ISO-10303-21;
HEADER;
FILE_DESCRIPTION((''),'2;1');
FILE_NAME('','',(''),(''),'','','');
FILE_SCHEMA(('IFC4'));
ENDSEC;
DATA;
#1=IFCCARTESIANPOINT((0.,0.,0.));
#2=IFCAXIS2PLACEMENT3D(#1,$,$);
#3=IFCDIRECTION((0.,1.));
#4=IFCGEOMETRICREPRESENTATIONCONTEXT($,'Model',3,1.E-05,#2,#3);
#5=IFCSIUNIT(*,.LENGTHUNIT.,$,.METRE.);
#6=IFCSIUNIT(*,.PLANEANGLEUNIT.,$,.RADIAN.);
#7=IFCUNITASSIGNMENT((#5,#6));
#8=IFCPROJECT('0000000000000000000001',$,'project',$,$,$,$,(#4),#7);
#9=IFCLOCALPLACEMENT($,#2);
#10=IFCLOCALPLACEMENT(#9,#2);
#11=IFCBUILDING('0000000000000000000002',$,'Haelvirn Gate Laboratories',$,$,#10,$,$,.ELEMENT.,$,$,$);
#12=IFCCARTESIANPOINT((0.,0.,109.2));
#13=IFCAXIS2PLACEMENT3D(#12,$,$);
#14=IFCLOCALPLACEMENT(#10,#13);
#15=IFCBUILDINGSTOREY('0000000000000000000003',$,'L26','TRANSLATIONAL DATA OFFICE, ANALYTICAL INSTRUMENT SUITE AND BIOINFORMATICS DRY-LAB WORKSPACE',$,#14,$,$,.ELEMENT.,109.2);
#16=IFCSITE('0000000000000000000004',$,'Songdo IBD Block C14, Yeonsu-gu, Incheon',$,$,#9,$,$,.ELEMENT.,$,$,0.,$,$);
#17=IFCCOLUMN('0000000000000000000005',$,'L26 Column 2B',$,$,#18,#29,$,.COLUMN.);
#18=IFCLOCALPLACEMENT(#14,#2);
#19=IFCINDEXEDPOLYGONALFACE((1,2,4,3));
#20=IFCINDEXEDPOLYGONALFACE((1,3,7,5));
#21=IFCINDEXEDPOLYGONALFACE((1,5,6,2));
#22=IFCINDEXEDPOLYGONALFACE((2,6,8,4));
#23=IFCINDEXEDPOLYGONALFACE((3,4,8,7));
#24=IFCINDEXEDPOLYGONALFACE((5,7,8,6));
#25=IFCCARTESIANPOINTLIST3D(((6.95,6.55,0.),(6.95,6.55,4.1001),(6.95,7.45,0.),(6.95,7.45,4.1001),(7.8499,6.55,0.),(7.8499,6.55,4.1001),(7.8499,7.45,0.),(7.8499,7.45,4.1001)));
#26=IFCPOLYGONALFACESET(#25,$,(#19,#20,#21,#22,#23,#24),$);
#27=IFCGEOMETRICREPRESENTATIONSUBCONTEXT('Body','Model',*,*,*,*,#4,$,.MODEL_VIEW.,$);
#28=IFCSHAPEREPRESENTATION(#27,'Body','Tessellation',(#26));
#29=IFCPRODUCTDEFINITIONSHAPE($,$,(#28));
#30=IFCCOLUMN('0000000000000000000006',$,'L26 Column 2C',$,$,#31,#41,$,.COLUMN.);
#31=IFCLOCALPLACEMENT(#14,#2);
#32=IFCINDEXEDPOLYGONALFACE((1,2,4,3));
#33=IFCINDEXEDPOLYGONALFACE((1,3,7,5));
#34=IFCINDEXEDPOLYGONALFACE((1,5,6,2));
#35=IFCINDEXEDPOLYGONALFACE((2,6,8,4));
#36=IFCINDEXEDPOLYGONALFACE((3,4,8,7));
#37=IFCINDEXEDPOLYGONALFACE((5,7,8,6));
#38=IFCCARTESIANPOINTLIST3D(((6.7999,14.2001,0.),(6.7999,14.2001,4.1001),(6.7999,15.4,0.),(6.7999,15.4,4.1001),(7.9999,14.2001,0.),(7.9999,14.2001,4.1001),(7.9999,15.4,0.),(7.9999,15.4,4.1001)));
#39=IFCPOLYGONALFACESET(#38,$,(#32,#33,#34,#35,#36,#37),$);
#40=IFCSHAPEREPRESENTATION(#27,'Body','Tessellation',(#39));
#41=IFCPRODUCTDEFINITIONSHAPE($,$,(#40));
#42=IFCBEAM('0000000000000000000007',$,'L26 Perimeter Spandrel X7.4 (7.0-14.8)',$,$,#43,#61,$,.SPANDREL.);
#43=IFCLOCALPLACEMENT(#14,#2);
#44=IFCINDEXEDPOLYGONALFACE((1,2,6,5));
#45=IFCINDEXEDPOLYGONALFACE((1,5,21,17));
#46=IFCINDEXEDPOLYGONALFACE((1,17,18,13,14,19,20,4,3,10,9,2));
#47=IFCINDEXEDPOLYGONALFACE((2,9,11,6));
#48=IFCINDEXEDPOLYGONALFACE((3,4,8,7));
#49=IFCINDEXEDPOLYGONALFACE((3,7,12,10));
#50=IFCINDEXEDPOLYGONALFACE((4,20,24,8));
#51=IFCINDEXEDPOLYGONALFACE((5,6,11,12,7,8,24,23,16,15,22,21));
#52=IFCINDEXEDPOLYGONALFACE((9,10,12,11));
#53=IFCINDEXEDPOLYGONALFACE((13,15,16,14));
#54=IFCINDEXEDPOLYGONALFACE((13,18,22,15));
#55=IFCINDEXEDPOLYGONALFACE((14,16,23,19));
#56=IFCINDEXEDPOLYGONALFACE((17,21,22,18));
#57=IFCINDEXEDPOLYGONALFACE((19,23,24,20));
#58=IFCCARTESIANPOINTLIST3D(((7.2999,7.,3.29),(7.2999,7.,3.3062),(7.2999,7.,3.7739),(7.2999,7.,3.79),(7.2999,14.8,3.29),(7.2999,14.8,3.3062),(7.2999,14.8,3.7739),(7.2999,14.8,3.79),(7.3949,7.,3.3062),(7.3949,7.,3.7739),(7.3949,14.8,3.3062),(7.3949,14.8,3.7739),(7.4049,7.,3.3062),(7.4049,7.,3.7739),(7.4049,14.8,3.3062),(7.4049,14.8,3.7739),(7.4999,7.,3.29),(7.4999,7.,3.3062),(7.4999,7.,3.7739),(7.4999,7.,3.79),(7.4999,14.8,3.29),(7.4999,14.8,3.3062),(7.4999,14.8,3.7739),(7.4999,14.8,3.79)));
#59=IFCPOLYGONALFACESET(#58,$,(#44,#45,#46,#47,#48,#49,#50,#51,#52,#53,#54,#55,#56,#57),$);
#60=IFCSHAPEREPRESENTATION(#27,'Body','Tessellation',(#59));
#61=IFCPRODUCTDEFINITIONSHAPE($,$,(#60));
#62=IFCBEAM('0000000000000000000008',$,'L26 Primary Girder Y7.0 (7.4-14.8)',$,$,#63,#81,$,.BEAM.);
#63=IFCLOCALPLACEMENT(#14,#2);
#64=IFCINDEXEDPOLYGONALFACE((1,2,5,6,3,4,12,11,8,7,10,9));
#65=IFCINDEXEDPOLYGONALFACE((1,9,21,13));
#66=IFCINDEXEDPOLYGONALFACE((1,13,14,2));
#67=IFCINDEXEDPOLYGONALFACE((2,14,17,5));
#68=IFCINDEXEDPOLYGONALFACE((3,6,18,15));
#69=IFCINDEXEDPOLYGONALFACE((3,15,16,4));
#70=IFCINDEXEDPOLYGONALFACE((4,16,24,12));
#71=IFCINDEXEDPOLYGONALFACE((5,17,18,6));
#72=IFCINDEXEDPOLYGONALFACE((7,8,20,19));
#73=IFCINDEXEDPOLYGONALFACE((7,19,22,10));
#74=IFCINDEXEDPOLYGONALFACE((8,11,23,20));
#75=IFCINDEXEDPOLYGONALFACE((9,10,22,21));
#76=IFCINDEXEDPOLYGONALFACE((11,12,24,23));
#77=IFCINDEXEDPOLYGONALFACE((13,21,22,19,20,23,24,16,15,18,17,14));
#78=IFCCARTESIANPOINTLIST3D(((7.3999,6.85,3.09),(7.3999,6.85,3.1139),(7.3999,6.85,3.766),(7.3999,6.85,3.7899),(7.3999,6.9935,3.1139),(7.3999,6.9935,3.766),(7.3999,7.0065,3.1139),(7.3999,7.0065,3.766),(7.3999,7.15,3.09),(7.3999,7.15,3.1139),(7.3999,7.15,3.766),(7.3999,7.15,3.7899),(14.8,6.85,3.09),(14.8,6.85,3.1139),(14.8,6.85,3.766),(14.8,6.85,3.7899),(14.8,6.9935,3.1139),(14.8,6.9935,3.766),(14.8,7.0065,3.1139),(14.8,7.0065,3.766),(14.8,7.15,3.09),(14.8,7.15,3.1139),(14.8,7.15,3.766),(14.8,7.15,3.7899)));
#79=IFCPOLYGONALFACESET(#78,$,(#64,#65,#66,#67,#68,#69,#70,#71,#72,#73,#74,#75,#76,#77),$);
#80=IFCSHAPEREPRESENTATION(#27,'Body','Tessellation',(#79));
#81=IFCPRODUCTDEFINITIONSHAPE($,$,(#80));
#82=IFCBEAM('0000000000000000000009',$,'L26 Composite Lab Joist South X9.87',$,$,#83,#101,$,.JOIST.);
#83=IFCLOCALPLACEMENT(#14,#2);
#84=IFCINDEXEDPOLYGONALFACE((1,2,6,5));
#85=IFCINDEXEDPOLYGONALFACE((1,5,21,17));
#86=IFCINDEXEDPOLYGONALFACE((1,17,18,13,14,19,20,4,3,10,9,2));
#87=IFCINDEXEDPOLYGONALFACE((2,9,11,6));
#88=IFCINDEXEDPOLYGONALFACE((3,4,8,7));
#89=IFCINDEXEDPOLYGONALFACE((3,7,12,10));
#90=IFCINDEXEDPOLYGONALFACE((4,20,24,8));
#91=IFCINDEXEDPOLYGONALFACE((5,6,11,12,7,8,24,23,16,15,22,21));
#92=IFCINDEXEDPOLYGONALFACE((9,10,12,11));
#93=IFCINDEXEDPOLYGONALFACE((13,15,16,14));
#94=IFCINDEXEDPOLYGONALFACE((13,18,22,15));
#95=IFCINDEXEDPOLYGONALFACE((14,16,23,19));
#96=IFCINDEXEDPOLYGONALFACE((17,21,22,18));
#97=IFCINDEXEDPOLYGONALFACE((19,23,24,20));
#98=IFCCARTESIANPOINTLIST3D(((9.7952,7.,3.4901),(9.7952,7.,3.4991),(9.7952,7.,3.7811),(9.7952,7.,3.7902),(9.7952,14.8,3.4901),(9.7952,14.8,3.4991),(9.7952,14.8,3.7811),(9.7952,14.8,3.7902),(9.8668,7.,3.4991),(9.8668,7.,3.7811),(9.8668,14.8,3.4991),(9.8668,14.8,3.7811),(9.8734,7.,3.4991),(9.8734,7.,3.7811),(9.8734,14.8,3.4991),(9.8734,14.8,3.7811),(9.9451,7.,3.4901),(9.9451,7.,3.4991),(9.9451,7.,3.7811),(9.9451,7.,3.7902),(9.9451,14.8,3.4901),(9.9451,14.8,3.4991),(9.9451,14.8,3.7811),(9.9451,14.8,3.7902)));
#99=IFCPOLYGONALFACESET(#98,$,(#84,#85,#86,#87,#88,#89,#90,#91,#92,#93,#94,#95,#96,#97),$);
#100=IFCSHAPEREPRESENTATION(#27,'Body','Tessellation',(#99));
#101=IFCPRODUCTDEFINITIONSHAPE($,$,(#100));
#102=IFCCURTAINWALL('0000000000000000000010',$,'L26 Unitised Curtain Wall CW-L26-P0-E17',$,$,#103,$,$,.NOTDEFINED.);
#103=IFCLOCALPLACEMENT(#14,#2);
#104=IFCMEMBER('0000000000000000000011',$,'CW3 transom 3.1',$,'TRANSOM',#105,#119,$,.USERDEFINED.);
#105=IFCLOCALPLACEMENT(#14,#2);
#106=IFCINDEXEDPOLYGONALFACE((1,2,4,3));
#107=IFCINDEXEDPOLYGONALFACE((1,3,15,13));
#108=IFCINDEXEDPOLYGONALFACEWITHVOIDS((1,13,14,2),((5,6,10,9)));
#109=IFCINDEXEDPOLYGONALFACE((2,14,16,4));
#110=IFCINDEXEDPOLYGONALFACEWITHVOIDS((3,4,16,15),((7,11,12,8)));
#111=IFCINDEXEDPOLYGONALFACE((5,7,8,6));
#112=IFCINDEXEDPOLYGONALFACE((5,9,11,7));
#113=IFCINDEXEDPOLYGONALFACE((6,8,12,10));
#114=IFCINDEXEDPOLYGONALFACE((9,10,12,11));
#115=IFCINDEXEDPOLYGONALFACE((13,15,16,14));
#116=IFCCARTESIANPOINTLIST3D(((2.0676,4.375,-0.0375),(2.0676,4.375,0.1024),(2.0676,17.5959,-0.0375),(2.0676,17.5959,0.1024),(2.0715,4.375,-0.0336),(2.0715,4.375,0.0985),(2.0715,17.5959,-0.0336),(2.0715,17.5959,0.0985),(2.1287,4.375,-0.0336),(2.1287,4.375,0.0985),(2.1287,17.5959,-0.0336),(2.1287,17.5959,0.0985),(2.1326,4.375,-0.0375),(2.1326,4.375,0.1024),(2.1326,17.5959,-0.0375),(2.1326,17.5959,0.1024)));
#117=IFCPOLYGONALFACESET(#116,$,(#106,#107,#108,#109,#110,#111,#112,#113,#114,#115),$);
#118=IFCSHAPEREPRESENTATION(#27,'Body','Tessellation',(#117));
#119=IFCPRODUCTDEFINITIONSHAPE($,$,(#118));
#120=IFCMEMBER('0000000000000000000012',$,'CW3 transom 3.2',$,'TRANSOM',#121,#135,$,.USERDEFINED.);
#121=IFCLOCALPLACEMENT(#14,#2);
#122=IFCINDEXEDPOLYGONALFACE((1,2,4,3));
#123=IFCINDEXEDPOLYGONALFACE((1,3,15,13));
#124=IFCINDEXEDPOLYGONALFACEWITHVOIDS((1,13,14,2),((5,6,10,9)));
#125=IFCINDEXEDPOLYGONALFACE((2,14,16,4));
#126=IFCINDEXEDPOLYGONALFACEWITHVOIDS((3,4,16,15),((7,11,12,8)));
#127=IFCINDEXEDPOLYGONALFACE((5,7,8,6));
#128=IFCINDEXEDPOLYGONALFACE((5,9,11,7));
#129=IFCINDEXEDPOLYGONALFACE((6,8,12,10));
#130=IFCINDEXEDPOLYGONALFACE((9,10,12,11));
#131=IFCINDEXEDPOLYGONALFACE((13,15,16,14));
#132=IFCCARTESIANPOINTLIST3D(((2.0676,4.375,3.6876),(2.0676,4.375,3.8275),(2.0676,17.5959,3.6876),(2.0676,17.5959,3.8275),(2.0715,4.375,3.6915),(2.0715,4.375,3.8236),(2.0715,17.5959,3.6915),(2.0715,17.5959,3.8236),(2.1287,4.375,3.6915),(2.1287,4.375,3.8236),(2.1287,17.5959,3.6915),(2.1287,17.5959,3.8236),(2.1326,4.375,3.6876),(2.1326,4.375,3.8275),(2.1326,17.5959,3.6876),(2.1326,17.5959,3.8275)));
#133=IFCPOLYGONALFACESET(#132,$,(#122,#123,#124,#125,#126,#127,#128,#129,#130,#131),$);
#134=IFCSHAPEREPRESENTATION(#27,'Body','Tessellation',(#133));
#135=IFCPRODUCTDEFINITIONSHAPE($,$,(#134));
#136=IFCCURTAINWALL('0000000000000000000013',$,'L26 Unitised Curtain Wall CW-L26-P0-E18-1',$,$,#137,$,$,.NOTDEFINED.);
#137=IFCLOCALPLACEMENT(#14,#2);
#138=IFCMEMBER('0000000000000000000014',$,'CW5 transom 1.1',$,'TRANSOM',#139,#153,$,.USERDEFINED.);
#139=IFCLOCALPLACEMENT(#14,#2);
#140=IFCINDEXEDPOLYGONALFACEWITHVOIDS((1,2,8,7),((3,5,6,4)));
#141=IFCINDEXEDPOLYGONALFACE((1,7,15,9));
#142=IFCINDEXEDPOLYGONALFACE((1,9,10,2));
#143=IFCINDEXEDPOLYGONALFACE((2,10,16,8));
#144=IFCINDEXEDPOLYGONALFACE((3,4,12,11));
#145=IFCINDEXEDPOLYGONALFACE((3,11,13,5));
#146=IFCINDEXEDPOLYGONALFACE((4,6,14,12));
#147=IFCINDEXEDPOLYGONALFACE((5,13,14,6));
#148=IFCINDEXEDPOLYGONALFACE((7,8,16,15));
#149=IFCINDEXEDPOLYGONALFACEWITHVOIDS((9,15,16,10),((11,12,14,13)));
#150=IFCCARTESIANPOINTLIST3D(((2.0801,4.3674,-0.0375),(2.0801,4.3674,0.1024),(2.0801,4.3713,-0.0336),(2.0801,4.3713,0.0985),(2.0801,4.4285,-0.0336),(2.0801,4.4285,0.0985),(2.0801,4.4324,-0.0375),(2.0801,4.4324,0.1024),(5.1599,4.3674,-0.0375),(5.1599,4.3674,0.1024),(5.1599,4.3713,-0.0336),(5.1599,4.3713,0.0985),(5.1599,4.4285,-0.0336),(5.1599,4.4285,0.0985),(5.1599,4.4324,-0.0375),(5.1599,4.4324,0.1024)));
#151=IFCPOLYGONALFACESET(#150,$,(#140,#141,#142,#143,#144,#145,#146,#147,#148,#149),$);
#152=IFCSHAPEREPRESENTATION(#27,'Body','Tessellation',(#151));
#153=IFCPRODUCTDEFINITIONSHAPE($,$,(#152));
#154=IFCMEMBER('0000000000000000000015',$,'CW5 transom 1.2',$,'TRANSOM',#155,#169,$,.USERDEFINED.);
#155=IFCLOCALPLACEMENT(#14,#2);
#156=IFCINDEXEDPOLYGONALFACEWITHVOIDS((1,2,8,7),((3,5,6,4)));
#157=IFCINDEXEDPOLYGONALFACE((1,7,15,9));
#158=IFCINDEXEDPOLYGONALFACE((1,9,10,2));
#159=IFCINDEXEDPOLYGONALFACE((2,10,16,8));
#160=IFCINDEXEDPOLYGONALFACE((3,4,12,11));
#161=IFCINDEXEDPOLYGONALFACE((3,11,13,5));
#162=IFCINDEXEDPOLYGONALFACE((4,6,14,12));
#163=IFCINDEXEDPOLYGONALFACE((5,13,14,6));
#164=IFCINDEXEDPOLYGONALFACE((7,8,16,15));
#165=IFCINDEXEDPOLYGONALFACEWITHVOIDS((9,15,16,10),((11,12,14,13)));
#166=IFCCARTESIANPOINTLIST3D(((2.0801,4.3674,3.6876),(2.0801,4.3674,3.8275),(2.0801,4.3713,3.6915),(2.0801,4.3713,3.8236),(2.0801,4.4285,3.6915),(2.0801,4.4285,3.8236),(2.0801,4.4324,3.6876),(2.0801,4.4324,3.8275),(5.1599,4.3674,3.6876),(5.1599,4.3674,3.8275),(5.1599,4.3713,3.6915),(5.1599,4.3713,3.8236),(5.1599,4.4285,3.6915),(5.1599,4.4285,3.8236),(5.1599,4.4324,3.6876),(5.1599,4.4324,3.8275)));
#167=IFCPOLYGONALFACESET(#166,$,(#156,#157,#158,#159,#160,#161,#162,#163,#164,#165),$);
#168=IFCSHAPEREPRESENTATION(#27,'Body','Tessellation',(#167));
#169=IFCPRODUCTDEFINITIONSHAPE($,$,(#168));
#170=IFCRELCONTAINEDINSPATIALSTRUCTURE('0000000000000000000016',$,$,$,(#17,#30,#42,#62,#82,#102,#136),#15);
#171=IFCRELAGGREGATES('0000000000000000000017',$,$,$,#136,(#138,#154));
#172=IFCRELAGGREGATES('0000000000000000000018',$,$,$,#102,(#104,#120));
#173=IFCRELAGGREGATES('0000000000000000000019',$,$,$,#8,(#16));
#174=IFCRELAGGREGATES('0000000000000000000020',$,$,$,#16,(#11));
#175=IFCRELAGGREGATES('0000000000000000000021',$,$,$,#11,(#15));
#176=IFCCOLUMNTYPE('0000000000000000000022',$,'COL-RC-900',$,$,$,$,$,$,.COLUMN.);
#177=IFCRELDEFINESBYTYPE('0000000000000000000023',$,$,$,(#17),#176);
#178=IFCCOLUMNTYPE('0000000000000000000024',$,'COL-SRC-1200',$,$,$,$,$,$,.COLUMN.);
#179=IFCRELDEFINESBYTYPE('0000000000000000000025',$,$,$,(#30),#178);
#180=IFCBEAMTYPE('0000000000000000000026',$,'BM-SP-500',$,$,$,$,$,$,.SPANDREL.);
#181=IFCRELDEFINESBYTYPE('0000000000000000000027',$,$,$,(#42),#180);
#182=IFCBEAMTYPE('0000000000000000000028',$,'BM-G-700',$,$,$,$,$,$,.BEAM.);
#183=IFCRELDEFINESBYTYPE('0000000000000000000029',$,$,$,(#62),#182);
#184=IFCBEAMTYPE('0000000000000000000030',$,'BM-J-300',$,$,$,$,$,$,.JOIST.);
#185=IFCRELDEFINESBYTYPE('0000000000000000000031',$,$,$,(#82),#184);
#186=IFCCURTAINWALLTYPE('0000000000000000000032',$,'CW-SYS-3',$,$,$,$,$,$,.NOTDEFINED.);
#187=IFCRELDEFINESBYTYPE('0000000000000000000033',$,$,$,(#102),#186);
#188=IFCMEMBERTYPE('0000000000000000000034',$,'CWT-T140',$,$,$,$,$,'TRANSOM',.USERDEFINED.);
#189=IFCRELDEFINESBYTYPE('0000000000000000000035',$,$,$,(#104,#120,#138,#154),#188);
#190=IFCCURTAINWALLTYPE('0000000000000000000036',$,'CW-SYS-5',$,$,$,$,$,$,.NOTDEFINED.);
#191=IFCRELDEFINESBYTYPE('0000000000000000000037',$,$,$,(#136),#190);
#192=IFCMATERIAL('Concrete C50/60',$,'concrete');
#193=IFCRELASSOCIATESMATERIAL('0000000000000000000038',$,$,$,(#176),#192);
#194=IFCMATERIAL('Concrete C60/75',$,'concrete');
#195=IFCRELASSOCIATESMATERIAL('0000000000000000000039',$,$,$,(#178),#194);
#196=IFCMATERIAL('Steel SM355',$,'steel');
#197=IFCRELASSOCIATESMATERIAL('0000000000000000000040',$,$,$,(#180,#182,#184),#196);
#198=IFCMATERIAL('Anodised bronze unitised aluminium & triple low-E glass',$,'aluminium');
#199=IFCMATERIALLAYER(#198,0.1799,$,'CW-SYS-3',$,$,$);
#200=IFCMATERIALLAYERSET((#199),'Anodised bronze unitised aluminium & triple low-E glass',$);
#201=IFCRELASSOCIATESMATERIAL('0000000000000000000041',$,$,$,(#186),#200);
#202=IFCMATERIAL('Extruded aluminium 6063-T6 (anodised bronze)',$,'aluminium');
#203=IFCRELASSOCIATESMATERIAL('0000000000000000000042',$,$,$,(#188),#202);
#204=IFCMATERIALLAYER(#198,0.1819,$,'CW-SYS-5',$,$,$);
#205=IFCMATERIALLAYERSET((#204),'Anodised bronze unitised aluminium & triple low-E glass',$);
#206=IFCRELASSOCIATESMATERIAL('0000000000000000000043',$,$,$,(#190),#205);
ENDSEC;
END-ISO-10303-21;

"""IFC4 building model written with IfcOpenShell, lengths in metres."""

from ifc_helpers import new_model, si_unit, direction, frame, origin, origin_2d, place, context, subcontext, project, spatial, rectangle, hollow_rectangle, i_section, extrude, source, transform, mapped, material, layer, layer_set, material_profile, profile_set, type_object, type_shapes, element, aggregate, save


model = new_model("IFC4")

# Units and contexts
model_context = context("Model", 3, precision=1e-05, world=origin(), true_north=direction((0.0, 1.0)))
body_context = subcontext(model_context, "Body", "Model", "MODEL_VIEW")
ifc_project = project(units=[si_unit("LENGTHUNIT", "METRE"), si_unit("PLANEANGLEUNIT", "RADIAN")], contexts=[model_context])

# Site, building, storey
site_placement = place(None, origin())
site = spatial("IfcSite", under=ifc_project, at=site_placement, Name="Songdo IBD Block C14, Yeonsu-gu, Incheon", CompositionType="ELEMENT", RefElevation=0.0)
building_placement = place(site_placement, origin())
building = spatial("IfcBuilding", under=site, at=building_placement, Name="Haelvirn Gate Laboratories", CompositionType="ELEMENT")
storey_placement = place(building_placement, frame((0.0, 0.0, 109.2)))
storey = spatial("IfcBuildingStorey", under=building, at=storey_placement, Name="L26", Description="TRANSLATIONAL DATA OFFICE, ANALYTICAL INSTRUMENT SUITE AND BIOINFORMATICS DRY-LAB WORKSPACE", CompositionType="ELEMENT", Elevation=109.2)

# Columns
ifc_material_1 = material(Name="Concrete C50/60", Category="concrete")
ifc_material_profile_1 = material_profile(ifc_material_1, rectangle(XDim=0.8999, YDim=0.8999, at=origin_2d()), Name="RC-900x900")
ifc_profile_set_1 = profile_set([ifc_material_profile_1], Name="Concrete C50/60")
column_type_1 = type_object("IfcColumnType", Name="COL-RC-900", PredefinedType="COLUMN", material=ifc_profile_set_1)
shared_shape_1 = source(origin(), body_context, "Body", "SweptSolid", [
    extrude(rectangle(XDim=0.8999, YDim=0.8999, at=origin_2d()), origin(), (0.0, 0.0, 1.0), 4.1001),
])
type_shapes(column_type_1, [shared_shape_1])
column_1_placement = place(storey_placement, frame((7.3999, 7.0, 0.0), z_axis=(0.0, 0.0, 1.0), x_axis=(1.0, 0.0, 0.0)))
element("IfcColumn", 1, at=column_1_placement, inside=storey, type_object=column_type_1, Name="L26 Column 2B", PredefinedType="COLUMN", context=body_context, shape_type="MappedRepresentation", body=[
    mapped(shared_shape_1, transform((0.0, 0.0, 0.0), scale=1.0)),
])
ifc_material_2 = material(Name="Concrete C60/75", Category="concrete")
ifc_material_profile_2 = material_profile(ifc_material_2, rectangle(XDim=1.2, YDim=1.2, at=origin_2d()), Name="SRC-1200x1200")
ifc_profile_set_2 = profile_set([ifc_material_profile_2], Name="Concrete C60/75")
column_type_2 = type_object("IfcColumnType", Name="COL-SRC-1200", PredefinedType="COLUMN", material=ifc_profile_set_2)
shared_shape_2 = source(origin(), body_context, "Body", "SweptSolid", [
    extrude(rectangle(XDim=1.2, YDim=1.2, at=origin_2d()), origin(), (0.0, 0.0, 1.0), 4.1001),
])
type_shapes(column_type_2, [shared_shape_2])
column_2_placement = place(storey_placement, frame((7.3999, 14.8, 0.0), z_axis=(0.0, 0.0, 1.0), x_axis=(1.0, 0.0, 0.0)))
element("IfcColumn", 2, at=column_2_placement, inside=storey, type_object=column_type_2, Name="L26 Column 2C", PredefinedType="COLUMN", context=body_context, shape_type="MappedRepresentation", body=[
    mapped(shared_shape_2, transform((0.0, 0.0, 0.0), scale=1.0)),
])

# Beams
ifc_material_3 = material(Name="Steel SM355", Category="steel")
ifc_material_profile_3 = material_profile(ifc_material_3, i_section(OverallWidth=0.2, OverallDepth=0.5, WebThickness=0.01, FlangeThickness=0.0161, at=origin_2d()), Name="H-500x200x10x16")
ifc_profile_set_3 = profile_set([ifc_material_profile_3], Name="Steel SM355")
beam_type_1 = type_object("IfcBeamType", Name="BM-SP-500", PredefinedType="SPANDREL", material=ifc_profile_set_3)
shared_shape_3 = source(origin(), body_context, "Body", "SweptSolid", [
    extrude(i_section(OverallWidth=0.2, OverallDepth=0.5, WebThickness=0.01, FlangeThickness=0.0161, at=origin_2d()), origin(), (0.0, 0.0, 1.0), 7.8),
])
type_shapes(beam_type_1, [shared_shape_3])
beam_1_placement = place(storey_placement, frame((7.3999, 7.0, 3.54), z_axis=(0.0, 1.0, 0.0), x_axis=(-1.0, 0.0, 0.0)))
element("IfcBeam", 3, at=beam_1_placement, inside=storey, type_object=beam_type_1, Name="L26 Perimeter Spandrel X7.4 (7.0-14.8)", PredefinedType="SPANDREL", context=body_context, shape_type="MappedRepresentation", body=[
    mapped(shared_shape_3, transform((0.0, 0.0, 0.0), scale=1.0)),
])
ifc_material_profile_4 = material_profile(ifc_material_3, i_section(OverallWidth=0.3, OverallDepth=0.7, WebThickness=0.0129, FlangeThickness=0.0239, at=origin_2d()), Name="H-700x300x13x24")
ifc_profile_set_4 = profile_set([ifc_material_profile_4], Name="Steel SM355")
beam_type_2 = type_object("IfcBeamType", Name="BM-G-700", PredefinedType="BEAM", material=ifc_profile_set_4)
shared_shape_4 = source(origin(), body_context, "Body", "SweptSolid", [
    extrude(i_section(OverallWidth=0.3, OverallDepth=0.7, WebThickness=0.0129, FlangeThickness=0.0239, at=origin_2d()), origin(), (0.0, 0.0, 1.0), 7.4001),
])
type_shapes(beam_type_2, [shared_shape_4])
beam_2_placement = place(storey_placement, frame((7.3999, 7.0, 3.4399), z_axis=(1.0, 0.0, 0.0), x_axis=(0.0, 1.0, 0.0)))
element("IfcBeam", 4, at=beam_2_placement, inside=storey, type_object=beam_type_2, Name="L26 Primary Girder Y7.0 (7.4-14.8)", PredefinedType="BEAM", context=body_context, shape_type="MappedRepresentation", body=[
    mapped(shared_shape_4, transform((0.0, 0.0, 0.0), scale=1.0)),
])
ifc_material_profile_5 = material_profile(ifc_material_3, i_section(OverallWidth=0.1499, OverallDepth=0.3, WebThickness=0.0066, FlangeThickness=0.009, at=origin_2d()), Name="H-300x150x6.5x9")
ifc_profile_set_5 = profile_set([ifc_material_profile_5], Name="Steel SM355")
beam_type_3 = type_object("IfcBeamType", Name="BM-J-300", PredefinedType="JOIST", material=ifc_profile_set_5)
shared_shape_5 = source(origin(), body_context, "Body", "SweptSolid", [
    extrude(i_section(OverallWidth=0.1499, OverallDepth=0.3, WebThickness=0.0066, FlangeThickness=0.009, at=origin_2d()), origin(), (0.0, 0.0, 1.0), 7.8),
])
type_shapes(beam_type_3, [shared_shape_5])
beam_3_placement = place(storey_placement, frame((9.8701, 7.0, 3.6401), z_axis=(0.0, 1.0, 0.0), x_axis=(-1.0, 0.0, 0.0)))
element("IfcBeam", 5, at=beam_3_placement, inside=storey, type_object=beam_type_3, Name="L26 Composite Lab Joist South X9.87", PredefinedType="JOIST", context=body_context, shape_type="MappedRepresentation", body=[
    mapped(shared_shape_5, transform((0.0, 0.0, 0.0), scale=1.0)),
])

# Curtain walls, members
ifc_material_4 = material(Name="Anodised bronze unitised aluminium & triple low-E glass", Category="aluminium")
ifc_layer_1 = layer(ifc_material_4, 0.1799, Name="CW-SYS-3")
ifc_layer_set_1 = layer_set([ifc_layer_1], Name="Anodised bronze unitised aluminium & triple low-E glass")
curtain_wall_type_1 = type_object("IfcCurtainWallType", Name="CW-SYS-3", PredefinedType="NOTDEFINED", material=ifc_layer_set_1)
curtain_wall_1_placement = place(storey_placement, origin())
curtain_wall_1 = element("IfcCurtainWall", 6, at=curtain_wall_1_placement, inside=storey, type_object=curtain_wall_type_1, Name="L26 Unitised Curtain Wall CW-L26-P0-E17", PredefinedType="NOTDEFINED")
ifc_material_5 = material(Name="Extruded aluminium 6063-T6 (anodised bronze)", Category="aluminium")
ifc_material_profile_6 = material_profile(ifc_material_5, hollow_rectangle(XDim=0.0649, YDim=0.1399, WallThickness=0.0039, at=origin_2d()), Name="CWT-140x65x4")
ifc_profile_set_6 = profile_set([ifc_material_profile_6], Name="Extruded aluminium 6063-T6 (anodised bronze)")
member_type_1 = type_object("IfcMemberType", Name="CWT-T140", ElementType="TRANSOM", PredefinedType="USERDEFINED", material=ifc_profile_set_6)
shared_shape_6 = source(origin(), body_context, "Body", "SweptSolid", [
    extrude(hollow_rectangle(XDim=0.0649, YDim=0.1399, WallThickness=0.0039, at=origin_2d()), origin(), (0.0, 0.0, 1.0), 13.2209),
])
member_1_placement = place(storey_placement, frame((2.1001, 17.5959, 0.0325), z_axis=(0.0, -1.0, 0.0), x_axis=(1.0, 0.0, 0.0)))
member_1 = element("IfcMember", 7, at=member_1_placement, type_object=member_type_1, Name="CW3 transom 3.1", ObjectType="TRANSOM", PredefinedType="USERDEFINED", context=body_context, shape_type="MappedRepresentation", body=[
    mapped(shared_shape_6, transform((0.0, 0.0, 0.0), scale=1.0)),
])
member_2_placement = place(storey_placement, frame((2.1001, 17.5959, 3.7576), z_axis=(0.0, -1.0, 0.0), x_axis=(1.0, 0.0, 0.0)))
member_2 = element("IfcMember", 8, at=member_2_placement, type_object=member_type_1, Name="CW3 transom 3.2", ObjectType="TRANSOM", PredefinedType="USERDEFINED", context=body_context, shape_type="MappedRepresentation", body=[
    mapped(shared_shape_6, transform((0.0, 0.0, 0.0), scale=1.0)),
])
ifc_layer_2 = layer(ifc_material_4, 0.1819, Name="CW-SYS-5")
ifc_layer_set_2 = layer_set([ifc_layer_2], Name="Anodised bronze unitised aluminium & triple low-E glass")
curtain_wall_type_2 = type_object("IfcCurtainWallType", Name="CW-SYS-5", PredefinedType="NOTDEFINED", material=ifc_layer_set_2)
curtain_wall_2_placement = place(storey_placement, origin())
curtain_wall_2 = element("IfcCurtainWall", 9, at=curtain_wall_2_placement, inside=storey, type_object=curtain_wall_type_2, Name="L26 Unitised Curtain Wall CW-L26-P0-E18-1", PredefinedType="NOTDEFINED")
shared_shape_7 = source(origin(), body_context, "Body", "SweptSolid", [
    extrude(hollow_rectangle(XDim=0.0649, YDim=0.1399, WallThickness=0.0039, at=origin_2d()), origin(), (0.0, 0.0, 1.0), 3.0798),
])
type_shapes(member_type_1, [shared_shape_6, shared_shape_7])
member_3_placement = place(storey_placement, frame((2.0801, 4.3999, 0.0325), z_axis=(1.0, 0.0, 0.0), x_axis=(0.0, 1.0, 0.0)))
member_3 = element("IfcMember", 10, at=member_3_placement, type_object=member_type_1, Name="CW5 transom 1.1", ObjectType="TRANSOM", PredefinedType="USERDEFINED", context=body_context, shape_type="MappedRepresentation", body=[
    mapped(shared_shape_7, transform((0.0, 0.0, 0.0), scale=1.0)),
])
member_4_placement = place(storey_placement, frame((2.0801, 4.3999, 3.7576), z_axis=(1.0, 0.0, 0.0), x_axis=(0.0, 1.0, 0.0)))
member_4 = element("IfcMember", 11, at=member_4_placement, type_object=member_type_1, Name="CW5 transom 1.2", ObjectType="TRANSOM", PredefinedType="USERDEFINED", context=body_context, shape_type="MappedRepresentation", body=[
    mapped(shared_shape_7, transform((0.0, 0.0, 0.0), scale=1.0)),
])

aggregate(curtain_wall_2, [member_3, member_4])
aggregate(curtain_wall_1, [member_1, member_2])

save(model, "model.ifc")
